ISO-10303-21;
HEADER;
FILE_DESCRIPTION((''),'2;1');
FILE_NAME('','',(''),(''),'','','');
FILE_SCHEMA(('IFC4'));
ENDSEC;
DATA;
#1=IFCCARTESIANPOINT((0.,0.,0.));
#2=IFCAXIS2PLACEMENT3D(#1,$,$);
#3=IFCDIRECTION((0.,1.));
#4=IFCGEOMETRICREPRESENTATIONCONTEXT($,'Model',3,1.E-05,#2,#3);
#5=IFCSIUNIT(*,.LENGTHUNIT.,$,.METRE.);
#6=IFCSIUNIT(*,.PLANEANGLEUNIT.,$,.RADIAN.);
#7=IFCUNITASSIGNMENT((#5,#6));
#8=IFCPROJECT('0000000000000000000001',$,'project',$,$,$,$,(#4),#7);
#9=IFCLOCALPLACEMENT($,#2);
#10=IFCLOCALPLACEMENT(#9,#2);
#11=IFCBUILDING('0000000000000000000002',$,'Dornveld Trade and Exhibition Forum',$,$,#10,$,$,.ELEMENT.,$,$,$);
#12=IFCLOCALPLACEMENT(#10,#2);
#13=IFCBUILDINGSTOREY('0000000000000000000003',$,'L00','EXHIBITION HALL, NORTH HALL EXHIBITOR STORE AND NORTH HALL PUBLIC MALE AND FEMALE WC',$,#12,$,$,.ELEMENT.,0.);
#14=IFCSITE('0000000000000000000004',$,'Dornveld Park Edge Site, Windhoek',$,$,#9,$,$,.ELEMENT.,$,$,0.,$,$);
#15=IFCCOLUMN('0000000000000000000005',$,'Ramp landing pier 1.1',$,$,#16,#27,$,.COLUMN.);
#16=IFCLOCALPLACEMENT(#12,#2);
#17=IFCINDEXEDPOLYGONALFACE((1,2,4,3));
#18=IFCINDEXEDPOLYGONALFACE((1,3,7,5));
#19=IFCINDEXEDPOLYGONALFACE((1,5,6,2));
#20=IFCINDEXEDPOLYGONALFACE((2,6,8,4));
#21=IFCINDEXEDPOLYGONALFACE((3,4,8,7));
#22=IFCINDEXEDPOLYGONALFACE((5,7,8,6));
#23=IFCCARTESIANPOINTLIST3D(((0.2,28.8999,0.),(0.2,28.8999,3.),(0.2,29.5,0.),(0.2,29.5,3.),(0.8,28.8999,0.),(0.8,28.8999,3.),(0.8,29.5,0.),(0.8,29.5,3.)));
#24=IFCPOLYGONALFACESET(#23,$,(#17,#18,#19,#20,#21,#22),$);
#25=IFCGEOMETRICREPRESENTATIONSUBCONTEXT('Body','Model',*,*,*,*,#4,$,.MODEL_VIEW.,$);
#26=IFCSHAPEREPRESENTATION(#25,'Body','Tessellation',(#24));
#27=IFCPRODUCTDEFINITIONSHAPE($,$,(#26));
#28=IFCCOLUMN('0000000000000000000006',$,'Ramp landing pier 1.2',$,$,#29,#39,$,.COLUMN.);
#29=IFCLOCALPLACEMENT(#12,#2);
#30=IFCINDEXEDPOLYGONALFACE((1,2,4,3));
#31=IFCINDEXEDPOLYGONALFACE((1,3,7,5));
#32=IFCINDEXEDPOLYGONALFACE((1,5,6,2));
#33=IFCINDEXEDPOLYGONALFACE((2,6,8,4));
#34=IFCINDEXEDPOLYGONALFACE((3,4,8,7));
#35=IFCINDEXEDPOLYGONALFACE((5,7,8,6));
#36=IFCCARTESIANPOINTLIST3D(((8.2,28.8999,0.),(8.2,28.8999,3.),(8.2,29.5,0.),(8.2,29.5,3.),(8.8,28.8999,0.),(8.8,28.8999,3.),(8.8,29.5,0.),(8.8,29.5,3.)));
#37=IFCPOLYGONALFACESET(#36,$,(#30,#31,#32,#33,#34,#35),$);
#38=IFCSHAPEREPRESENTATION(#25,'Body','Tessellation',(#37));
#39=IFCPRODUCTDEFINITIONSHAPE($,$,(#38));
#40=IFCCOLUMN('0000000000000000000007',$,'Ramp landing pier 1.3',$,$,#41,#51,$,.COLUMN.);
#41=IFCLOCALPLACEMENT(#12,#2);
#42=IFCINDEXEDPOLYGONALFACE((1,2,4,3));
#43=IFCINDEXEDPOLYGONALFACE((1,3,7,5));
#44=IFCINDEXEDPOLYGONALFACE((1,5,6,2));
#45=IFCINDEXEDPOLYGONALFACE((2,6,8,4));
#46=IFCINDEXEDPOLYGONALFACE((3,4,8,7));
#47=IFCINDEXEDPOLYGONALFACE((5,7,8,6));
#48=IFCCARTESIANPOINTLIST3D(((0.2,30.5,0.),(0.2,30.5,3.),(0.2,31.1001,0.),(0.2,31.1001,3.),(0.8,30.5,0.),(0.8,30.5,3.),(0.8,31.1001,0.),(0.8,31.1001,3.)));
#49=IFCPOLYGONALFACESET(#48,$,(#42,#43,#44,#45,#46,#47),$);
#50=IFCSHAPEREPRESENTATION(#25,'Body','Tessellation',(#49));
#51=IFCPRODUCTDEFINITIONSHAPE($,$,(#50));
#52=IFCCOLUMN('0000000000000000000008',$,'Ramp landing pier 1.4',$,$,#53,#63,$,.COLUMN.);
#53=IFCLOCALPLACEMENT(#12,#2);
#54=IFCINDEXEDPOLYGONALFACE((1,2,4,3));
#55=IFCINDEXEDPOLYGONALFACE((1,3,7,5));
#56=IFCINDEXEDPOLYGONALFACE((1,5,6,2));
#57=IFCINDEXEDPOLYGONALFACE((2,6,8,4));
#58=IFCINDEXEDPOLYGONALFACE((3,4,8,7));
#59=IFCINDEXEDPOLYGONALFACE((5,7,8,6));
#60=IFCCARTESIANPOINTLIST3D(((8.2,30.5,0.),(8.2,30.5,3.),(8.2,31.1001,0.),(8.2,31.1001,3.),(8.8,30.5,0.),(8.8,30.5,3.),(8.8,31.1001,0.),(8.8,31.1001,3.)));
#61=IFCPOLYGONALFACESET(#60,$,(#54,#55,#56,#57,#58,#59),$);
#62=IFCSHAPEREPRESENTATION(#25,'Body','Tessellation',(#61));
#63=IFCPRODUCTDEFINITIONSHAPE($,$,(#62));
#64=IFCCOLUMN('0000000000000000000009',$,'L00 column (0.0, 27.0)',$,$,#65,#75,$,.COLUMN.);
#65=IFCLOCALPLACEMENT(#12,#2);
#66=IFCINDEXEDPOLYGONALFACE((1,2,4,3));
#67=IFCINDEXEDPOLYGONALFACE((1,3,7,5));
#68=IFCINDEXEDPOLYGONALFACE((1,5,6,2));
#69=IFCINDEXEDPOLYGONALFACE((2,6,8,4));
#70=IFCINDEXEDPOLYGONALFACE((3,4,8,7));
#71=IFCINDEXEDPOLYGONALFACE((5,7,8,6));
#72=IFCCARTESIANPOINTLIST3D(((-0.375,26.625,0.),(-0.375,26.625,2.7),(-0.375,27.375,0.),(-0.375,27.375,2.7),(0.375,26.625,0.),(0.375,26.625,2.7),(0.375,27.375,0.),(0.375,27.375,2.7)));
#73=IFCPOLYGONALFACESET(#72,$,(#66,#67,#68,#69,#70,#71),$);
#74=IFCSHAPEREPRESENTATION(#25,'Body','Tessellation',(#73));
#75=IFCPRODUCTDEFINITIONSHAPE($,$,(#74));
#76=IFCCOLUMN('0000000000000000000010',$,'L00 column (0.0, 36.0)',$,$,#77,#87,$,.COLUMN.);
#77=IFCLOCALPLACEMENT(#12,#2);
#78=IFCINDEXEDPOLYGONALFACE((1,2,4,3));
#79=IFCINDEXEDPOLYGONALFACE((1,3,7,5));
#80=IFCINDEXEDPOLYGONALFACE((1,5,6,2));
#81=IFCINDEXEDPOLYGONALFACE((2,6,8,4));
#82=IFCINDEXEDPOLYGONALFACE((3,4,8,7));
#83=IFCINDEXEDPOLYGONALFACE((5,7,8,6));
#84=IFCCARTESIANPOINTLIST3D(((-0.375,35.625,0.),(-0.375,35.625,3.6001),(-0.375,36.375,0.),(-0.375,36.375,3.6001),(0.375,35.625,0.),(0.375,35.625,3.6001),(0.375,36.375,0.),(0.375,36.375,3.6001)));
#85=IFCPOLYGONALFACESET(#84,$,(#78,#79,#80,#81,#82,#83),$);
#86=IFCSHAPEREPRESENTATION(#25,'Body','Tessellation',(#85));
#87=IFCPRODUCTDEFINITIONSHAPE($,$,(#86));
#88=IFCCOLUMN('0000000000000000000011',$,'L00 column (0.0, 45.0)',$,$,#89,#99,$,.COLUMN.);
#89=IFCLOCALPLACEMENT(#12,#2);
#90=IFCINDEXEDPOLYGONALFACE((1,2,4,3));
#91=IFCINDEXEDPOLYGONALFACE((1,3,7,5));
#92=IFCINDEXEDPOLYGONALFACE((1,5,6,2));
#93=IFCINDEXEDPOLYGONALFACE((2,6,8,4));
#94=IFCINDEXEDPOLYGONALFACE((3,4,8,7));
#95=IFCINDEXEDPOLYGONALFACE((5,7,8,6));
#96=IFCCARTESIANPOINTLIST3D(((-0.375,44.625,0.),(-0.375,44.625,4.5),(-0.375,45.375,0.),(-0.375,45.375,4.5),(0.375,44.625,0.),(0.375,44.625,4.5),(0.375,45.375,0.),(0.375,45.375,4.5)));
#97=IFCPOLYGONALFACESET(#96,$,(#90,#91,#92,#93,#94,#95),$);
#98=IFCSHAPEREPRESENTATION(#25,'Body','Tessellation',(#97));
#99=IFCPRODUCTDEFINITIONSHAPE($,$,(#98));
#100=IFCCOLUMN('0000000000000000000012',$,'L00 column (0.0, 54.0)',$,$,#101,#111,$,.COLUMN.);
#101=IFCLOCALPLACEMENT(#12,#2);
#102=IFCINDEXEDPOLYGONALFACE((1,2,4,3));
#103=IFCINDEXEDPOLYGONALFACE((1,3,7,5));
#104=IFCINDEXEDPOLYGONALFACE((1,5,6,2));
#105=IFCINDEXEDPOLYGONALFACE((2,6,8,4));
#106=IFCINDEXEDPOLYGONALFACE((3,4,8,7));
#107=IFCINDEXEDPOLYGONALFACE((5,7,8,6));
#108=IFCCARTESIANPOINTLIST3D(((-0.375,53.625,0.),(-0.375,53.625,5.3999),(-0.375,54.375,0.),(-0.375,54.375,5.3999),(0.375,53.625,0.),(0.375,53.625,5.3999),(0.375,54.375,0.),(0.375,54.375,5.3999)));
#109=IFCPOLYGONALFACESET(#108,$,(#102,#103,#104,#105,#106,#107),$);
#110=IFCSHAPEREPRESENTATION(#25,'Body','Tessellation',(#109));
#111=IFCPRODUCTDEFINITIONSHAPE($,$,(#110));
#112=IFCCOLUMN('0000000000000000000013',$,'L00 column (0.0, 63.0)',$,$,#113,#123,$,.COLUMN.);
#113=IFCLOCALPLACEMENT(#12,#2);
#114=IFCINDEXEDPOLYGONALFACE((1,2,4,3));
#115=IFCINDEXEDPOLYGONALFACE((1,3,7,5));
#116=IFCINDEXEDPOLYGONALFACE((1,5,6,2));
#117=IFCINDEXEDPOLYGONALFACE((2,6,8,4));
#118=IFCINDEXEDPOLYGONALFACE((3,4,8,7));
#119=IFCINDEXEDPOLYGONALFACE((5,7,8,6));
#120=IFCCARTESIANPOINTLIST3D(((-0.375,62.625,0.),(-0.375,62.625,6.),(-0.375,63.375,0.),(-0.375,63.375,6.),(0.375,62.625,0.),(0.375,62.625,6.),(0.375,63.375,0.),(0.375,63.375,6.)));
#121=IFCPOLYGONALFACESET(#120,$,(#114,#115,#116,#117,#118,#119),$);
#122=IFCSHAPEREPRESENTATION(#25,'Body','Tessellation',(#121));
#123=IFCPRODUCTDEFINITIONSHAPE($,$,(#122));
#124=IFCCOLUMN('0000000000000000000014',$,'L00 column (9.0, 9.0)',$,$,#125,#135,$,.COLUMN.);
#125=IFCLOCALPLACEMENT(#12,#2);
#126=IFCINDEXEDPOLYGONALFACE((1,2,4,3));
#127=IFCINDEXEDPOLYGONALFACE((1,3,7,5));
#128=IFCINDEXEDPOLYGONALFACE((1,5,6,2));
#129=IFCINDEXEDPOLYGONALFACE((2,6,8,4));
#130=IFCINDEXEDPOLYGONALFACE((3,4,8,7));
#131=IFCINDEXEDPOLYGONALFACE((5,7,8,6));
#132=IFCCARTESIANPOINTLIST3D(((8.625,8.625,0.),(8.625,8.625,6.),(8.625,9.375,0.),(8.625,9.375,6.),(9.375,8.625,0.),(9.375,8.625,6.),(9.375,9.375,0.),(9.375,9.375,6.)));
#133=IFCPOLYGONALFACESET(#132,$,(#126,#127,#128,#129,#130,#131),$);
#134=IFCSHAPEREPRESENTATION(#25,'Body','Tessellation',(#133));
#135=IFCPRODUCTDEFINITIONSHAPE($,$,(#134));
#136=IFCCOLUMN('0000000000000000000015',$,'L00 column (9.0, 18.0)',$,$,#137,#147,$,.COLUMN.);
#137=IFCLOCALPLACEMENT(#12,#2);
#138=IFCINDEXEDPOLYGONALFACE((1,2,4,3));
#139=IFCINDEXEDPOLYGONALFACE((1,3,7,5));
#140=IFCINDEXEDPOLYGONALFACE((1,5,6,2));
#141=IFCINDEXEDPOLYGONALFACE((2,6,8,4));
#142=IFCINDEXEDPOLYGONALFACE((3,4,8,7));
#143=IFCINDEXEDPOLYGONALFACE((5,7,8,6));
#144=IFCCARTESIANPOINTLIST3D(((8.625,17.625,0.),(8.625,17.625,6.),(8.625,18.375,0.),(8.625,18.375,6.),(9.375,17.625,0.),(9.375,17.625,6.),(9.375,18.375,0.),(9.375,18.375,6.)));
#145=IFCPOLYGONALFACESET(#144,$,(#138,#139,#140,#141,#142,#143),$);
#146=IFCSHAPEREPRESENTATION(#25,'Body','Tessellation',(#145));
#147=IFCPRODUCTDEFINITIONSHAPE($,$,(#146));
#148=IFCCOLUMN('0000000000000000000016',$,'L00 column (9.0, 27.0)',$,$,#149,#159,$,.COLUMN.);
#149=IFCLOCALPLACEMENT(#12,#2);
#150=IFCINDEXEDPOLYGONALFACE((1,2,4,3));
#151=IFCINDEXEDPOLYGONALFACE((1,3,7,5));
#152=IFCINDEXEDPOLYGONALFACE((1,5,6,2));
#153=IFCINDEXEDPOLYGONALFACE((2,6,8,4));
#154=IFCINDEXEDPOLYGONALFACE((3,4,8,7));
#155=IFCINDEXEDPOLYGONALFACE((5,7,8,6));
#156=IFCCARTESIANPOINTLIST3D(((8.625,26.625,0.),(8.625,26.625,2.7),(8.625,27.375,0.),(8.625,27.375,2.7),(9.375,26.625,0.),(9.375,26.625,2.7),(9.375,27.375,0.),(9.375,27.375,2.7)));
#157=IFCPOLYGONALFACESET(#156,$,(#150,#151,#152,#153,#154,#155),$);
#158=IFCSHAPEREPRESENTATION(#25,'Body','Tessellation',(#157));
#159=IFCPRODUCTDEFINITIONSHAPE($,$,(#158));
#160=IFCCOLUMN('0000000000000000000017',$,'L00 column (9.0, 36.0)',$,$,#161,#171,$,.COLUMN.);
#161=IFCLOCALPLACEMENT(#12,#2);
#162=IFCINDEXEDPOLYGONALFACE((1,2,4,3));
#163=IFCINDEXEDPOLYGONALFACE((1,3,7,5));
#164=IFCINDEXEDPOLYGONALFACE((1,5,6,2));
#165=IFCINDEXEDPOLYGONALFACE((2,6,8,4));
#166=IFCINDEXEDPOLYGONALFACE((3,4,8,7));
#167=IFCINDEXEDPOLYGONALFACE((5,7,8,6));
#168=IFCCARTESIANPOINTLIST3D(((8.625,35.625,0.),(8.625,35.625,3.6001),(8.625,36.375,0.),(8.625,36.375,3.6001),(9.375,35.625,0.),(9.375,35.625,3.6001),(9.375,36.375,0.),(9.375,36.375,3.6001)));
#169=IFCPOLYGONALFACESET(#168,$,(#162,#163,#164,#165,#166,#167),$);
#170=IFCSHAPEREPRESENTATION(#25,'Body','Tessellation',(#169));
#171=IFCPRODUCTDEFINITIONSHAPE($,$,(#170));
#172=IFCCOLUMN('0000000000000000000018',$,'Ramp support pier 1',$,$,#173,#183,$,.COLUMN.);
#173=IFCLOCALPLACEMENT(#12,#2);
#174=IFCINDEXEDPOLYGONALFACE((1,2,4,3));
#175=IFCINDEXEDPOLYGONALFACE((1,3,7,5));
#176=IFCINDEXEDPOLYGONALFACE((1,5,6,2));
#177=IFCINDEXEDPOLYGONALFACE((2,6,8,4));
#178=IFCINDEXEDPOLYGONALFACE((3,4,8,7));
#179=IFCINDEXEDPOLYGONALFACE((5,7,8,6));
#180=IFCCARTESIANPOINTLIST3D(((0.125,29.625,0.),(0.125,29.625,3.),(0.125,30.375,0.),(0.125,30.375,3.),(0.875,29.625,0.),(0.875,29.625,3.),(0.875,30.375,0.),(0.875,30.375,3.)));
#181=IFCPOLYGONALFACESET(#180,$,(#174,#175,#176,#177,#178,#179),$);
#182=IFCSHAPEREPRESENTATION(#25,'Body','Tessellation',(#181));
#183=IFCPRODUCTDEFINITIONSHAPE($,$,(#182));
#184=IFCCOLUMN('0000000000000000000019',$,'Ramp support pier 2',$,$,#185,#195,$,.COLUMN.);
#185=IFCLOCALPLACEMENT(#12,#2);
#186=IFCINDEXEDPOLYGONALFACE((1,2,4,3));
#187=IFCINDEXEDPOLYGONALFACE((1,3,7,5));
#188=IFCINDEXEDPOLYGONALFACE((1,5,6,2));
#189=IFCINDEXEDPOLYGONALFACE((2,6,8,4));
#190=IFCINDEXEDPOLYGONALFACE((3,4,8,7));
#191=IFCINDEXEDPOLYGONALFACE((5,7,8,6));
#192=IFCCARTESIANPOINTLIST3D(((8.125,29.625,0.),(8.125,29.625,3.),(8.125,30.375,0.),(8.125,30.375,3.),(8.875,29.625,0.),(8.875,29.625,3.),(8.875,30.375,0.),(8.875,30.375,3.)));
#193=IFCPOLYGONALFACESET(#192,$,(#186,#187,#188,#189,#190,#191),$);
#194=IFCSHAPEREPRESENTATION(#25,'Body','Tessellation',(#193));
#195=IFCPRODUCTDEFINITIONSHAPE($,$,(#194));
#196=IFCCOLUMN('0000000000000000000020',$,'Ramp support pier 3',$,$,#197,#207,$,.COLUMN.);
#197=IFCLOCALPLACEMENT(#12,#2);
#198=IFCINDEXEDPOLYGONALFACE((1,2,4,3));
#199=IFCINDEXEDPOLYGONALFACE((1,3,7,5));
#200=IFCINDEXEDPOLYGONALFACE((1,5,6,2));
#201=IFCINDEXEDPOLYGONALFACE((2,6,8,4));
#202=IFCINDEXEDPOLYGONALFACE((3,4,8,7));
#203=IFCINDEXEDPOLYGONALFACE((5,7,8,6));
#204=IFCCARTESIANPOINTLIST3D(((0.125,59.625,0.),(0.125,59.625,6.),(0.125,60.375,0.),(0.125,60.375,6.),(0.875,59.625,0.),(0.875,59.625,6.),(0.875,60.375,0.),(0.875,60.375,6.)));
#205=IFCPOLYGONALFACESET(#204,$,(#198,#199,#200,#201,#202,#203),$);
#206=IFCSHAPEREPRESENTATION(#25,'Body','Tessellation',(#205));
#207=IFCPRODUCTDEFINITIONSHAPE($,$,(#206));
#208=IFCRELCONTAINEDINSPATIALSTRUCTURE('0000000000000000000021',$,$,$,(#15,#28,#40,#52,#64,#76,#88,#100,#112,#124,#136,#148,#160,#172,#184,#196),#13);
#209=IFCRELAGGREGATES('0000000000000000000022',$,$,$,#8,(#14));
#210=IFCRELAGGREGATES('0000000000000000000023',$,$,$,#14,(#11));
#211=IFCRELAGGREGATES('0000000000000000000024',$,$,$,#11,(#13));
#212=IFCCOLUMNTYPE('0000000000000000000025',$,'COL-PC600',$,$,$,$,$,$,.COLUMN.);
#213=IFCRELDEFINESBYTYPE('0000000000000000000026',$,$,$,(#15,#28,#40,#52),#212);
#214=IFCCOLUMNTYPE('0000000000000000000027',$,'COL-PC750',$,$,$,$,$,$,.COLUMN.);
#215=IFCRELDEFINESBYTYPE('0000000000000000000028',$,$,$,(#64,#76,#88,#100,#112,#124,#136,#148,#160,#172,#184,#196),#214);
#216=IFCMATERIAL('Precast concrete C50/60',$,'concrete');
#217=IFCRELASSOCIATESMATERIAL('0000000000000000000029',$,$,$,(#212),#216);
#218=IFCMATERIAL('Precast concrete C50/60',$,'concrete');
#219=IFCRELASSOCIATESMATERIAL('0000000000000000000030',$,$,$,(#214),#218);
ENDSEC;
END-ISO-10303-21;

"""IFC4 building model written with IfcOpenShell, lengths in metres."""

from ifc_helpers import new_model, si_unit, direction, frame, origin, origin_2d, place, context, subcontext, project, spatial, rectangle, extrude, material, material_profile, profile_set, type_object, element, save


model = new_model("IFC4")

# Units and contexts
model_context = context("Model", 3, precision=1e-05, world=origin(), true_north=direction((0.0, 1.0)))
body_context = subcontext(model_context, "Body", "Model", "MODEL_VIEW")
ifc_project = project(units=[si_unit("LENGTHUNIT", "METRE"), si_unit("PLANEANGLEUNIT", "RADIAN")], contexts=[model_context])

# Site, building, storey
site_placement = place(None, origin())
site = spatial("IfcSite", under=ifc_project, at=site_placement, Name="Dornveld Park Edge Site, Windhoek", CompositionType="ELEMENT", RefElevation=0.0)
building_placement = place(site_placement, origin())
building = spatial("IfcBuilding", under=site, at=building_placement, Name="Dornveld Trade and Exhibition Forum", CompositionType="ELEMENT")
storey_placement = place(building_placement, origin())
storey = spatial("IfcBuildingStorey", under=building, at=storey_placement, Name="L00", Description="EXHIBITION HALL, NORTH HALL EXHIBITOR STORE AND NORTH HALL PUBLIC MALE AND FEMALE WC", CompositionType="ELEMENT", Elevation=0.0)

# Columns
ifc_material_1 = material(Name="Precast concrete C50/60", Category="concrete")
ifc_material_profile_1 = material_profile(ifc_material_1, rectangle(XDim=0.6001, YDim=0.6001, at=origin_2d()), Name="PC-COL 600x600")
ifc_profile_set_1 = profile_set([ifc_material_profile_1], Name="Precast concrete C50/60")
column_type_1 = type_object("IfcColumnType", Name="COL-PC600", PredefinedType="COLUMN", material=ifc_profile_set_1)
for number, where, z_axis, x_axis, name in (
    (1, (0.5, 29.2, 0.0), (0.0, 0.0, 1.0), (1.0, 0.0, 0.0), "Ramp landing pier 1.1"),
    (2, (8.5, 29.2, 0.0), (0.0, 0.0, 1.0), (1.0, 0.0, 0.0), "Ramp landing pier 1.2"),
    (3, (0.5, 30.8, 0.0), (0.0, 0.0, 1.0), (1.0, 0.0, 0.0), "Ramp landing pier 1.3"),
    (4, (8.5, 30.8, 0.0), (0.0, 0.0, 1.0), (1.0, 0.0, 0.0), "Ramp landing pier 1.4"),
):
    element("IfcColumn", number, at=place(storey_placement, frame(where, z_axis=z_axis, x_axis=x_axis)), inside=storey, type_object=column_type_1, Name=name, PredefinedType="COLUMN", context=body_context, shape_type="SweptSolid", body=[
        extrude(rectangle(XDim=0.6001, YDim=0.6001, at=origin_2d()), origin(), (0.0, 0.0, 1.0), 3.0),
    ])
ifc_material_2 = material(Name="Precast concrete C50/60", Category="concrete")
ifc_material_profile_2 = material_profile(ifc_material_2, rectangle(XDim=0.75, YDim=0.75, at=origin_2d()), Name="PC-COL 750x750")
ifc_profile_set_2 = profile_set([ifc_material_profile_2], Name="Precast concrete C50/60")
column_type_2 = type_object("IfcColumnType", Name="COL-PC750", PredefinedType="COLUMN", material=ifc_profile_set_2)
column_1_placement = place(storey_placement, frame((0.0, 27.0, 0.0), z_axis=(0.0, 0.0, 1.0), x_axis=(1.0, 0.0, 0.0)))
element("IfcColumn", 5, at=column_1_placement, inside=storey, type_object=column_type_2, Name="L00 column (0.0, 27.0)", PredefinedType="COLUMN", context=body_context, shape_type="SweptSolid", body=[
    extrude(rectangle(XDim=0.75, YDim=0.75, at=origin_2d()), origin(), (0.0, 0.0, 1.0), 2.7),
])
column_2_placement = place(storey_placement, frame((0.0, 36.0, 0.0), z_axis=(0.0, 0.0, 1.0), x_axis=(1.0, 0.0, 0.0)))
element("IfcColumn", 6, at=column_2_placement, inside=storey, type_object=column_type_2, Name="L00 column (0.0, 36.0)", PredefinedType="COLUMN", context=body_context, shape_type="SweptSolid", body=[
    extrude(rectangle(XDim=0.75, YDim=0.75, at=origin_2d()), origin(), (0.0, 0.0, 1.0), 3.6001),
])
column_3_placement = place(storey_placement, frame((0.0, 45.0, 0.0), z_axis=(0.0, 0.0, 1.0), x_axis=(1.0, 0.0, 0.0)))
element("IfcColumn", 7, at=column_3_placement, inside=storey, type_object=column_type_2, Name="L00 column (0.0, 45.0)", PredefinedType="COLUMN", context=body_context, shape_type="SweptSolid", body=[
    extrude(rectangle(XDim=0.75, YDim=0.75, at=origin_2d()), origin(), (0.0, 0.0, 1.0), 4.5),
])
column_4_placement = place(storey_placement, frame((0.0, 54.0, 0.0), z_axis=(0.0, 0.0, 1.0), x_axis=(1.0, 0.0, 0.0)))
element("IfcColumn", 8, at=column_4_placement, inside=storey, type_object=column_type_2, Name="L00 column (0.0, 54.0)", PredefinedType="COLUMN", context=body_context, shape_type="SweptSolid", body=[
    extrude(rectangle(XDim=0.75, YDim=0.75, at=origin_2d()), origin(), (0.0, 0.0, 1.0), 5.3999),
])
for number, where, z_axis, x_axis, name in (
    (9, (0.0, 63.0, 0.0), (0.0, 0.0, 1.0), (1.0, 0.0, 0.0), "L00 column (0.0, 63.0)"),
    (10, (9.0, 9.0, 0.0), (0.0, 0.0, 1.0), (1.0, 0.0, 0.0), "L00 column (9.0, 9.0)"),
    (11, (9.0, 18.0, 0.0), (0.0, 0.0, 1.0), (1.0, 0.0, 0.0), "L00 column (9.0, 18.0)"),
):
    element("IfcColumn", number, at=place(storey_placement, frame(where, z_axis=z_axis, x_axis=x_axis)), inside=storey, type_object=column_type_2, Name=name, PredefinedType="COLUMN", context=body_context, shape_type="SweptSolid", body=[
        extrude(rectangle(XDim=0.75, YDim=0.75, at=origin_2d()), origin(), (0.0, 0.0, 1.0), 6.0),
    ])
column_5_placement = place(storey_placement, frame((9.0, 27.0, 0.0), z_axis=(0.0, 0.0, 1.0), x_axis=(1.0, 0.0, 0.0)))
element("IfcColumn", 12, at=column_5_placement, inside=storey, type_object=column_type_2, Name="L00 column (9.0, 27.0)", PredefinedType="COLUMN", context=body_context, shape_type="SweptSolid", body=[
    extrude(rectangle(XDim=0.75, YDim=0.75, at=origin_2d()), origin(), (0.0, 0.0, 1.0), 2.7),
])
column_6_placement = place(storey_placement, frame((9.0, 36.0, 0.0), z_axis=(0.0, 0.0, 1.0), x_axis=(1.0, 0.0, 0.0)))
element("IfcColumn", 13, at=column_6_placement, inside=storey, type_object=column_type_2, Name="L00 column (9.0, 36.0)", PredefinedType="COLUMN", context=body_context, shape_type="SweptSolid", body=[
    extrude(rectangle(XDim=0.75, YDim=0.75, at=origin_2d()), origin(), (0.0, 0.0, 1.0), 3.6001),
])
for number, where, z_axis, x_axis, name in (
    (14, (0.5, 30.0, 0.0), (0.0, 0.0, 1.0), (1.0, 0.0, 0.0), "Ramp support pier 1"),
    (15, (8.5, 30.0, 0.0), (0.0, 0.0, 1.0), (1.0, 0.0, 0.0), "Ramp support pier 2"),
):
    element("IfcColumn", number, at=place(storey_placement, frame(where, z_axis=z_axis, x_axis=x_axis)), inside=storey, type_object=column_type_2, Name=name, PredefinedType="COLUMN", context=body_context, shape_type="SweptSolid", body=[
        extrude(rectangle(XDim=0.75, YDim=0.75, at=origin_2d()), origin(), (0.0, 0.0, 1.0), 3.0),
    ])
for number, where, z_axis, x_axis, name in (
    (16, (0.5, 60.0, 0.0), (0.0, 0.0, 1.0), (1.0, 0.0, 0.0), "Ramp support pier 3"),
):
    element("IfcColumn", number, at=place(storey_placement, frame(where, z_axis=z_axis, x_axis=x_axis)), inside=storey, type_object=column_type_2, Name=name, PredefinedType="COLUMN", context=body_context, shape_type="SweptSolid", body=[
        extrude(rectangle(XDim=0.75, YDim=0.75, at=origin_2d()), origin(), (0.0, 0.0, 1.0), 6.0),
    ])

save(model, "model.ifc")
